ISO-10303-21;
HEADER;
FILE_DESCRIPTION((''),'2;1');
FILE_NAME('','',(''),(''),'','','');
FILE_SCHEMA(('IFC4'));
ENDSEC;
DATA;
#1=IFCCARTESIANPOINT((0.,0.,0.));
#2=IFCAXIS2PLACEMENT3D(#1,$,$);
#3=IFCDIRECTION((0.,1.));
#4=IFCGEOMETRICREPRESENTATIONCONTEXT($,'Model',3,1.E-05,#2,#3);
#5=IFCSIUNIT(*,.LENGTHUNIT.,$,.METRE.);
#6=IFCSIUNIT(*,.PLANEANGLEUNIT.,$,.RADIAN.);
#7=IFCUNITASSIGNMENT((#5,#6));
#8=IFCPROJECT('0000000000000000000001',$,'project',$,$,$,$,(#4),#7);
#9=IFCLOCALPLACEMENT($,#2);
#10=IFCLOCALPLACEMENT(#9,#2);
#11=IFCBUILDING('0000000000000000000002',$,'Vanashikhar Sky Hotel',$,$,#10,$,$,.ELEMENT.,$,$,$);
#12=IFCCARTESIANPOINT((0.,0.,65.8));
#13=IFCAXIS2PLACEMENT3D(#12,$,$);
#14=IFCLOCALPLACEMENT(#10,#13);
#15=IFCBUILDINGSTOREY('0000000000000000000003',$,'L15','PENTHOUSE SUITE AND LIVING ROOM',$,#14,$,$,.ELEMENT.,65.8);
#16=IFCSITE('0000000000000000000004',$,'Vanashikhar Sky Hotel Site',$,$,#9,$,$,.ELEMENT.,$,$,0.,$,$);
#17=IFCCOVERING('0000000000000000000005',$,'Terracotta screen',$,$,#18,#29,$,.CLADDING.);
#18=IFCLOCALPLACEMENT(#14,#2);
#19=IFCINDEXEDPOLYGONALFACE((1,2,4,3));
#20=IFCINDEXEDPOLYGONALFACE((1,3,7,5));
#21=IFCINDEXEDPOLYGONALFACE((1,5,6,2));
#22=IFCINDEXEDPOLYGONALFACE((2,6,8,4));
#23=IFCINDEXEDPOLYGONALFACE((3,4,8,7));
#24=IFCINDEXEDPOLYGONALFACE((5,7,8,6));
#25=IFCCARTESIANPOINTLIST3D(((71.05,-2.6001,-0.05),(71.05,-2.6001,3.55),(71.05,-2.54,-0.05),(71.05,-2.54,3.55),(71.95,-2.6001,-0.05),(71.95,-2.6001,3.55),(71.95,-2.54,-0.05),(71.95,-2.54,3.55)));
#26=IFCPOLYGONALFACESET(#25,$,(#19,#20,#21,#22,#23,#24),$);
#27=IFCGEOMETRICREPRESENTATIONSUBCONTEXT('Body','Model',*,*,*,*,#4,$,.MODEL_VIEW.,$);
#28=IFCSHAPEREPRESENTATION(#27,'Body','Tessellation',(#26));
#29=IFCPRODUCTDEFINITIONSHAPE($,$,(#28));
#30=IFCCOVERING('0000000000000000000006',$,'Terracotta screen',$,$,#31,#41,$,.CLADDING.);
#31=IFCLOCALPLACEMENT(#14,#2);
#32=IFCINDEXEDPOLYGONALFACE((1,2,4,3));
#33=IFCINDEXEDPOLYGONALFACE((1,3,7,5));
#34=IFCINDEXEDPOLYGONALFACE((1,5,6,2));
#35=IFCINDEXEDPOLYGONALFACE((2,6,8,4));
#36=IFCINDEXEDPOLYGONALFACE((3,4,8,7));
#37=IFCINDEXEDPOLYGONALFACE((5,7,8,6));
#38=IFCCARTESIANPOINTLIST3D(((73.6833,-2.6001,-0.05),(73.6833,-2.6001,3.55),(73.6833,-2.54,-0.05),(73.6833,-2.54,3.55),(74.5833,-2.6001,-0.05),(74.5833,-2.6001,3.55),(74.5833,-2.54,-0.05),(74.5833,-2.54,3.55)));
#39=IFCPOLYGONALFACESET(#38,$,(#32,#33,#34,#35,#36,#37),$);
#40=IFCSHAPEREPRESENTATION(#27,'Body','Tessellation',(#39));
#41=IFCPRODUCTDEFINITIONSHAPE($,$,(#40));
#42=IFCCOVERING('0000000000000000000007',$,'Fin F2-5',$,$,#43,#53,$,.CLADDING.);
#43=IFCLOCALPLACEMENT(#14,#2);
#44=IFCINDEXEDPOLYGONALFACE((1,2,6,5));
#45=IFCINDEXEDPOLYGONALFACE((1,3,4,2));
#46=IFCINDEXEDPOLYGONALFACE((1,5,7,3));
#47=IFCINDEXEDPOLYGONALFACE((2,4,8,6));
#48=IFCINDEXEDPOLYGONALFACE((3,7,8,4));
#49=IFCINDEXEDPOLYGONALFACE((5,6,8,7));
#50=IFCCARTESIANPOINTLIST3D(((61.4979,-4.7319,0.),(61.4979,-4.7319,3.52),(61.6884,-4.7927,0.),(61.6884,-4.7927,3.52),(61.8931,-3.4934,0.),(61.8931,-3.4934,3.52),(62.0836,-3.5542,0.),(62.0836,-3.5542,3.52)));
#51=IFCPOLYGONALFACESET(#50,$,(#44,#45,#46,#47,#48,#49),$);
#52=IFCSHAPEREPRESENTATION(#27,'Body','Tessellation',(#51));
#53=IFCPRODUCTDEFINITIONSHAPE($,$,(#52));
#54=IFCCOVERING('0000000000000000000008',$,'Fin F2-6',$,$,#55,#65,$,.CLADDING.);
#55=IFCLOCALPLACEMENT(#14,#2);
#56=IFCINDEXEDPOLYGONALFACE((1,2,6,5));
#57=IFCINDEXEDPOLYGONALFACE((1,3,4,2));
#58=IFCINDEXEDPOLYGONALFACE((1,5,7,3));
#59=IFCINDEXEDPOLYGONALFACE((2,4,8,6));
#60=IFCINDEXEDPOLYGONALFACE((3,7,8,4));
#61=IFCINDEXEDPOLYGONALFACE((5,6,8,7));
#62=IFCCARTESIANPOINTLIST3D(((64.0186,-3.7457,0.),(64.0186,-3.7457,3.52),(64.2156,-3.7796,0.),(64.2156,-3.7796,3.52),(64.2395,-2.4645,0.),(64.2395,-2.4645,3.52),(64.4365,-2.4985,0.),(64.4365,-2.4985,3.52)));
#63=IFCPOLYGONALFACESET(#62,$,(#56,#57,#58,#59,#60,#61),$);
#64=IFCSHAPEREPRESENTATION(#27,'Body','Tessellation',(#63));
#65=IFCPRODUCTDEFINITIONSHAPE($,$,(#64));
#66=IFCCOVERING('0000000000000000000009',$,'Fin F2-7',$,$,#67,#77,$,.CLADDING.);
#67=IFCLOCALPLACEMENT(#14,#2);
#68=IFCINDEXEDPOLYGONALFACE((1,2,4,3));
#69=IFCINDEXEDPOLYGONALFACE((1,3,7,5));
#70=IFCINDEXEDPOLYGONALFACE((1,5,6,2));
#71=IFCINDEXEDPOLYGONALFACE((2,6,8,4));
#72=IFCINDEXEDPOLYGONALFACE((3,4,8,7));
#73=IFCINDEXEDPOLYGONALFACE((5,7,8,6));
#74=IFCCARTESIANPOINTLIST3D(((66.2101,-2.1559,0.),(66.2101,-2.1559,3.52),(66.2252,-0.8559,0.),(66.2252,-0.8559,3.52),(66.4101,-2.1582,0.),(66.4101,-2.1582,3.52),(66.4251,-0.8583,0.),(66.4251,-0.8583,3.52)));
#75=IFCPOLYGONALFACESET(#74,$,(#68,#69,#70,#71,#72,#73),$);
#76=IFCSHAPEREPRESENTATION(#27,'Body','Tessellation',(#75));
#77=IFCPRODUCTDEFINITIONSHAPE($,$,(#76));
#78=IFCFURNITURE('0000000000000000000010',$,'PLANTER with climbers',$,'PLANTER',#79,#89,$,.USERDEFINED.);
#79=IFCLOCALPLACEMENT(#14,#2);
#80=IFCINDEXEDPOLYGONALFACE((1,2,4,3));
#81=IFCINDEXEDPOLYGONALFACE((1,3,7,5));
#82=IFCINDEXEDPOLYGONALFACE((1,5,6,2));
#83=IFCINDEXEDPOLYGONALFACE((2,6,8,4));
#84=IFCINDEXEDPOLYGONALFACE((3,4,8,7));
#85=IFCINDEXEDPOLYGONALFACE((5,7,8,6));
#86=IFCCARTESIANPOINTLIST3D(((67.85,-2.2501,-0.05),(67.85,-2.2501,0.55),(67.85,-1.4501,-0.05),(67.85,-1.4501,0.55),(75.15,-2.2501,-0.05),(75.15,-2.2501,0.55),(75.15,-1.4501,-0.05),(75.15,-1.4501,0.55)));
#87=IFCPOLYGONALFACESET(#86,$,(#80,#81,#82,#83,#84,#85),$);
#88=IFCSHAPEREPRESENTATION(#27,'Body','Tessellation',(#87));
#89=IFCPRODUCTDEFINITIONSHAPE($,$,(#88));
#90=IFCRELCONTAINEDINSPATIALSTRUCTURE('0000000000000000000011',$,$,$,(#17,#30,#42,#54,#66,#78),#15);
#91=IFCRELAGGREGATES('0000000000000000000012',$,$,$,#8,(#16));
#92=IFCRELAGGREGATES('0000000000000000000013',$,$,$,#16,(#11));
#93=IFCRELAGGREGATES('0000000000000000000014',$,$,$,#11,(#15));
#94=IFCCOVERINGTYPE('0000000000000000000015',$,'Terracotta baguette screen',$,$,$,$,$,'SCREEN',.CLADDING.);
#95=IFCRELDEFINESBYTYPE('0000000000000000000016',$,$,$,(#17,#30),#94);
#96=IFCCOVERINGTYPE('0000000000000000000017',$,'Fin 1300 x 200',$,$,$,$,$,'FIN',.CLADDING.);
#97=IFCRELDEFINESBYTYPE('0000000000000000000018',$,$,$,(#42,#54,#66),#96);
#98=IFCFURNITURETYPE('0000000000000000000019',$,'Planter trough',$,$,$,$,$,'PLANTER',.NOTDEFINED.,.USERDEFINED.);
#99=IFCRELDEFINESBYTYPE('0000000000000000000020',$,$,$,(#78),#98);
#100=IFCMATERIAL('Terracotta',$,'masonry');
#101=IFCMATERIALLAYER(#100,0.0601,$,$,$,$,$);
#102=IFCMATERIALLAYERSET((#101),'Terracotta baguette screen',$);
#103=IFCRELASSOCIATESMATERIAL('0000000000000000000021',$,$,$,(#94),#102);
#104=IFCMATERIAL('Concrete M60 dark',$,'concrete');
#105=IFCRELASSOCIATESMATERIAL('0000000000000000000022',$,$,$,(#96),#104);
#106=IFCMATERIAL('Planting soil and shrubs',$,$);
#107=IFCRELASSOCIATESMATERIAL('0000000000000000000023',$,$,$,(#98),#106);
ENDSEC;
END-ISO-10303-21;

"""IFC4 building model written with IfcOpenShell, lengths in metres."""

from ifc_helpers import new_model, si_unit, direction, frame, origin, origin_2d, place, context, subcontext, project, spatial, rectangle, extrude, source, transform, mapped, material, layer, layer_set, material_profile, profile_set, type_object, element, save


model = new_model("IFC4")

# Units and contexts
model_context = context("Model", 3, precision=1e-05, world=origin(), true_north=direction((0.0, 1.0)))
body_context = subcontext(model_context, "Body", "Model", "MODEL_VIEW")
ifc_project = project(units=[si_unit("LENGTHUNIT", "METRE"), si_unit("PLANEANGLEUNIT", "RADIAN")], contexts=[model_context])

# Site, building, storey
site_placement = place(None, origin())
site = spatial("IfcSite", under=ifc_project, at=site_placement, Name="Vanashikhar Sky Hotel Site", CompositionType="ELEMENT", RefElevation=0.0)
building_placement = place(site_placement, origin())
building = spatial("IfcBuilding", under=site, at=building_placement, Name="Vanashikhar Sky Hotel", CompositionType="ELEMENT")
storey_placement = place(building_placement, frame((0.0, 0.0, 65.8)))
storey = spatial("IfcBuildingStorey", under=building, at=storey_placement, Name="L15", Description="PENTHOUSE SUITE AND LIVING ROOM", CompositionType="ELEMENT", Elevation=65.8)

# Coverings
ifc_material_1 = material(Name="Terracotta", Category="masonry")
ifc_layer_1 = layer(ifc_material_1, 0.0601)
ifc_layer_set_1 = layer_set([ifc_layer_1], Name="Terracotta baguette screen")
covering_type_1 = type_object("IfcCoveringType", Name="Terracotta baguette screen", ElementType="SCREEN", PredefinedType="CLADDING", material=ifc_layer_set_1)
shared_shape_1 = source(origin(), body_context, "Body", "SweptSolid", [
    extrude(rectangle(XDim=0.8999, YDim=0.0601, at=origin_2d()), origin(), (0.0, 0.0, 1.0), 3.6001),
])
for number, where, z_axis, x_axis, name in (
    (1, (71.5, -2.5701, -0.05), (0.0, 0.0, 1.0), (1.0, 0.0, 0.0), "Terracotta screen"),
    (2, (74.1333, -2.5701, -0.05), (0.0, 0.0, 1.0), (1.0, 0.0, 0.0), "Terracotta screen"),
):
    element("IfcCovering", number, at=place(storey_placement, frame(where, z_axis=z_axis, x_axis=x_axis)), inside=storey, type_object=covering_type_1, Name=name, PredefinedType="CLADDING", context=body_context, shape_type="MappedRepresentation", body=[
        mapped(shared_shape_1, transform((0.0, 0.0, 0.0), scale=1.0)),
    ])
ifc_material_2 = material(Name="Concrete M60 dark", Category="concrete")
ifc_material_profile = material_profile(ifc_material_2, rectangle(XDim=1.3, YDim=0.2, at=origin_2d()))
ifc_profile_set = profile_set([ifc_material_profile], Name="Fin 1300 x 200")
covering_type_2 = type_object("IfcCoveringType", Name="Fin 1300 x 200", ElementType="FIN", PredefinedType="CLADDING", material=ifc_profile_set)
shared_shape_2 = source(origin(), body_context, "Body", "SweptSolid", [
    extrude(rectangle(XDim=1.3, YDim=0.2, at=origin_2d()), origin(), (0.0, 0.0, 1.0), 3.52),
])
for number, where, z_axis, x_axis, name in (
    (3, (61.7908, -4.1431, 0.0), (0.0, 0.0, 1.0), (-0.303967, -0.952683, 0.0), "Fin F2-5"),
    (4, (64.2275, -3.1221, 0.0), (0.0, 0.0, 1.0), (-0.1699, -0.985461, 0.0), "Fin F2-6"),
    (5, (66.3176, -1.5071, 0.0), (0.0, 0.0, 1.0), (-0.011589, -0.999933, 0.0), "Fin F2-7"),
):
    element("IfcCovering", number, at=place(storey_placement, frame(where, z_axis=z_axis, x_axis=x_axis)), inside=storey, type_object=covering_type_2, Name=name, PredefinedType="CLADDING", context=body_context, shape_type="MappedRepresentation", body=[
        mapped(shared_shape_2, transform((0.0, 0.0, 0.0), scale=1.0)),
    ])

# Furniture
ifc_material_3 = material(Name="Planting soil and shrubs")
furniture_type = type_object("IfcFurnitureType", Name="Planter trough", ElementType="PLANTER", AssemblyPlace="NOTDEFINED", PredefinedType="USERDEFINED", material=ifc_material_3)
shared_shape_3 = source(origin(), body_context, "Body", "SweptSolid", [
    extrude(rectangle(XDim=7.3, YDim=0.8, at=origin_2d()), origin(), (0.0, 0.0, 1.0), 0.6001),
])
furniture_placement = place(storey_placement, frame((71.5, -1.8501, -0.05), z_axis=(0.0, 0.0, 1.0), x_axis=(1.0, 0.0, 0.0)))
element("IfcFurniture", 6, at=furniture_placement, inside=storey, type_object=furniture_type, Name="PLANTER with climbers", ObjectType="PLANTER", PredefinedType="USERDEFINED", context=body_context, shape_type="MappedRepresentation", body=[
    mapped(shared_shape_3, transform((0.0, 0.0, 0.0), scale=1.0)),
])

save(model, "model.ifc")
